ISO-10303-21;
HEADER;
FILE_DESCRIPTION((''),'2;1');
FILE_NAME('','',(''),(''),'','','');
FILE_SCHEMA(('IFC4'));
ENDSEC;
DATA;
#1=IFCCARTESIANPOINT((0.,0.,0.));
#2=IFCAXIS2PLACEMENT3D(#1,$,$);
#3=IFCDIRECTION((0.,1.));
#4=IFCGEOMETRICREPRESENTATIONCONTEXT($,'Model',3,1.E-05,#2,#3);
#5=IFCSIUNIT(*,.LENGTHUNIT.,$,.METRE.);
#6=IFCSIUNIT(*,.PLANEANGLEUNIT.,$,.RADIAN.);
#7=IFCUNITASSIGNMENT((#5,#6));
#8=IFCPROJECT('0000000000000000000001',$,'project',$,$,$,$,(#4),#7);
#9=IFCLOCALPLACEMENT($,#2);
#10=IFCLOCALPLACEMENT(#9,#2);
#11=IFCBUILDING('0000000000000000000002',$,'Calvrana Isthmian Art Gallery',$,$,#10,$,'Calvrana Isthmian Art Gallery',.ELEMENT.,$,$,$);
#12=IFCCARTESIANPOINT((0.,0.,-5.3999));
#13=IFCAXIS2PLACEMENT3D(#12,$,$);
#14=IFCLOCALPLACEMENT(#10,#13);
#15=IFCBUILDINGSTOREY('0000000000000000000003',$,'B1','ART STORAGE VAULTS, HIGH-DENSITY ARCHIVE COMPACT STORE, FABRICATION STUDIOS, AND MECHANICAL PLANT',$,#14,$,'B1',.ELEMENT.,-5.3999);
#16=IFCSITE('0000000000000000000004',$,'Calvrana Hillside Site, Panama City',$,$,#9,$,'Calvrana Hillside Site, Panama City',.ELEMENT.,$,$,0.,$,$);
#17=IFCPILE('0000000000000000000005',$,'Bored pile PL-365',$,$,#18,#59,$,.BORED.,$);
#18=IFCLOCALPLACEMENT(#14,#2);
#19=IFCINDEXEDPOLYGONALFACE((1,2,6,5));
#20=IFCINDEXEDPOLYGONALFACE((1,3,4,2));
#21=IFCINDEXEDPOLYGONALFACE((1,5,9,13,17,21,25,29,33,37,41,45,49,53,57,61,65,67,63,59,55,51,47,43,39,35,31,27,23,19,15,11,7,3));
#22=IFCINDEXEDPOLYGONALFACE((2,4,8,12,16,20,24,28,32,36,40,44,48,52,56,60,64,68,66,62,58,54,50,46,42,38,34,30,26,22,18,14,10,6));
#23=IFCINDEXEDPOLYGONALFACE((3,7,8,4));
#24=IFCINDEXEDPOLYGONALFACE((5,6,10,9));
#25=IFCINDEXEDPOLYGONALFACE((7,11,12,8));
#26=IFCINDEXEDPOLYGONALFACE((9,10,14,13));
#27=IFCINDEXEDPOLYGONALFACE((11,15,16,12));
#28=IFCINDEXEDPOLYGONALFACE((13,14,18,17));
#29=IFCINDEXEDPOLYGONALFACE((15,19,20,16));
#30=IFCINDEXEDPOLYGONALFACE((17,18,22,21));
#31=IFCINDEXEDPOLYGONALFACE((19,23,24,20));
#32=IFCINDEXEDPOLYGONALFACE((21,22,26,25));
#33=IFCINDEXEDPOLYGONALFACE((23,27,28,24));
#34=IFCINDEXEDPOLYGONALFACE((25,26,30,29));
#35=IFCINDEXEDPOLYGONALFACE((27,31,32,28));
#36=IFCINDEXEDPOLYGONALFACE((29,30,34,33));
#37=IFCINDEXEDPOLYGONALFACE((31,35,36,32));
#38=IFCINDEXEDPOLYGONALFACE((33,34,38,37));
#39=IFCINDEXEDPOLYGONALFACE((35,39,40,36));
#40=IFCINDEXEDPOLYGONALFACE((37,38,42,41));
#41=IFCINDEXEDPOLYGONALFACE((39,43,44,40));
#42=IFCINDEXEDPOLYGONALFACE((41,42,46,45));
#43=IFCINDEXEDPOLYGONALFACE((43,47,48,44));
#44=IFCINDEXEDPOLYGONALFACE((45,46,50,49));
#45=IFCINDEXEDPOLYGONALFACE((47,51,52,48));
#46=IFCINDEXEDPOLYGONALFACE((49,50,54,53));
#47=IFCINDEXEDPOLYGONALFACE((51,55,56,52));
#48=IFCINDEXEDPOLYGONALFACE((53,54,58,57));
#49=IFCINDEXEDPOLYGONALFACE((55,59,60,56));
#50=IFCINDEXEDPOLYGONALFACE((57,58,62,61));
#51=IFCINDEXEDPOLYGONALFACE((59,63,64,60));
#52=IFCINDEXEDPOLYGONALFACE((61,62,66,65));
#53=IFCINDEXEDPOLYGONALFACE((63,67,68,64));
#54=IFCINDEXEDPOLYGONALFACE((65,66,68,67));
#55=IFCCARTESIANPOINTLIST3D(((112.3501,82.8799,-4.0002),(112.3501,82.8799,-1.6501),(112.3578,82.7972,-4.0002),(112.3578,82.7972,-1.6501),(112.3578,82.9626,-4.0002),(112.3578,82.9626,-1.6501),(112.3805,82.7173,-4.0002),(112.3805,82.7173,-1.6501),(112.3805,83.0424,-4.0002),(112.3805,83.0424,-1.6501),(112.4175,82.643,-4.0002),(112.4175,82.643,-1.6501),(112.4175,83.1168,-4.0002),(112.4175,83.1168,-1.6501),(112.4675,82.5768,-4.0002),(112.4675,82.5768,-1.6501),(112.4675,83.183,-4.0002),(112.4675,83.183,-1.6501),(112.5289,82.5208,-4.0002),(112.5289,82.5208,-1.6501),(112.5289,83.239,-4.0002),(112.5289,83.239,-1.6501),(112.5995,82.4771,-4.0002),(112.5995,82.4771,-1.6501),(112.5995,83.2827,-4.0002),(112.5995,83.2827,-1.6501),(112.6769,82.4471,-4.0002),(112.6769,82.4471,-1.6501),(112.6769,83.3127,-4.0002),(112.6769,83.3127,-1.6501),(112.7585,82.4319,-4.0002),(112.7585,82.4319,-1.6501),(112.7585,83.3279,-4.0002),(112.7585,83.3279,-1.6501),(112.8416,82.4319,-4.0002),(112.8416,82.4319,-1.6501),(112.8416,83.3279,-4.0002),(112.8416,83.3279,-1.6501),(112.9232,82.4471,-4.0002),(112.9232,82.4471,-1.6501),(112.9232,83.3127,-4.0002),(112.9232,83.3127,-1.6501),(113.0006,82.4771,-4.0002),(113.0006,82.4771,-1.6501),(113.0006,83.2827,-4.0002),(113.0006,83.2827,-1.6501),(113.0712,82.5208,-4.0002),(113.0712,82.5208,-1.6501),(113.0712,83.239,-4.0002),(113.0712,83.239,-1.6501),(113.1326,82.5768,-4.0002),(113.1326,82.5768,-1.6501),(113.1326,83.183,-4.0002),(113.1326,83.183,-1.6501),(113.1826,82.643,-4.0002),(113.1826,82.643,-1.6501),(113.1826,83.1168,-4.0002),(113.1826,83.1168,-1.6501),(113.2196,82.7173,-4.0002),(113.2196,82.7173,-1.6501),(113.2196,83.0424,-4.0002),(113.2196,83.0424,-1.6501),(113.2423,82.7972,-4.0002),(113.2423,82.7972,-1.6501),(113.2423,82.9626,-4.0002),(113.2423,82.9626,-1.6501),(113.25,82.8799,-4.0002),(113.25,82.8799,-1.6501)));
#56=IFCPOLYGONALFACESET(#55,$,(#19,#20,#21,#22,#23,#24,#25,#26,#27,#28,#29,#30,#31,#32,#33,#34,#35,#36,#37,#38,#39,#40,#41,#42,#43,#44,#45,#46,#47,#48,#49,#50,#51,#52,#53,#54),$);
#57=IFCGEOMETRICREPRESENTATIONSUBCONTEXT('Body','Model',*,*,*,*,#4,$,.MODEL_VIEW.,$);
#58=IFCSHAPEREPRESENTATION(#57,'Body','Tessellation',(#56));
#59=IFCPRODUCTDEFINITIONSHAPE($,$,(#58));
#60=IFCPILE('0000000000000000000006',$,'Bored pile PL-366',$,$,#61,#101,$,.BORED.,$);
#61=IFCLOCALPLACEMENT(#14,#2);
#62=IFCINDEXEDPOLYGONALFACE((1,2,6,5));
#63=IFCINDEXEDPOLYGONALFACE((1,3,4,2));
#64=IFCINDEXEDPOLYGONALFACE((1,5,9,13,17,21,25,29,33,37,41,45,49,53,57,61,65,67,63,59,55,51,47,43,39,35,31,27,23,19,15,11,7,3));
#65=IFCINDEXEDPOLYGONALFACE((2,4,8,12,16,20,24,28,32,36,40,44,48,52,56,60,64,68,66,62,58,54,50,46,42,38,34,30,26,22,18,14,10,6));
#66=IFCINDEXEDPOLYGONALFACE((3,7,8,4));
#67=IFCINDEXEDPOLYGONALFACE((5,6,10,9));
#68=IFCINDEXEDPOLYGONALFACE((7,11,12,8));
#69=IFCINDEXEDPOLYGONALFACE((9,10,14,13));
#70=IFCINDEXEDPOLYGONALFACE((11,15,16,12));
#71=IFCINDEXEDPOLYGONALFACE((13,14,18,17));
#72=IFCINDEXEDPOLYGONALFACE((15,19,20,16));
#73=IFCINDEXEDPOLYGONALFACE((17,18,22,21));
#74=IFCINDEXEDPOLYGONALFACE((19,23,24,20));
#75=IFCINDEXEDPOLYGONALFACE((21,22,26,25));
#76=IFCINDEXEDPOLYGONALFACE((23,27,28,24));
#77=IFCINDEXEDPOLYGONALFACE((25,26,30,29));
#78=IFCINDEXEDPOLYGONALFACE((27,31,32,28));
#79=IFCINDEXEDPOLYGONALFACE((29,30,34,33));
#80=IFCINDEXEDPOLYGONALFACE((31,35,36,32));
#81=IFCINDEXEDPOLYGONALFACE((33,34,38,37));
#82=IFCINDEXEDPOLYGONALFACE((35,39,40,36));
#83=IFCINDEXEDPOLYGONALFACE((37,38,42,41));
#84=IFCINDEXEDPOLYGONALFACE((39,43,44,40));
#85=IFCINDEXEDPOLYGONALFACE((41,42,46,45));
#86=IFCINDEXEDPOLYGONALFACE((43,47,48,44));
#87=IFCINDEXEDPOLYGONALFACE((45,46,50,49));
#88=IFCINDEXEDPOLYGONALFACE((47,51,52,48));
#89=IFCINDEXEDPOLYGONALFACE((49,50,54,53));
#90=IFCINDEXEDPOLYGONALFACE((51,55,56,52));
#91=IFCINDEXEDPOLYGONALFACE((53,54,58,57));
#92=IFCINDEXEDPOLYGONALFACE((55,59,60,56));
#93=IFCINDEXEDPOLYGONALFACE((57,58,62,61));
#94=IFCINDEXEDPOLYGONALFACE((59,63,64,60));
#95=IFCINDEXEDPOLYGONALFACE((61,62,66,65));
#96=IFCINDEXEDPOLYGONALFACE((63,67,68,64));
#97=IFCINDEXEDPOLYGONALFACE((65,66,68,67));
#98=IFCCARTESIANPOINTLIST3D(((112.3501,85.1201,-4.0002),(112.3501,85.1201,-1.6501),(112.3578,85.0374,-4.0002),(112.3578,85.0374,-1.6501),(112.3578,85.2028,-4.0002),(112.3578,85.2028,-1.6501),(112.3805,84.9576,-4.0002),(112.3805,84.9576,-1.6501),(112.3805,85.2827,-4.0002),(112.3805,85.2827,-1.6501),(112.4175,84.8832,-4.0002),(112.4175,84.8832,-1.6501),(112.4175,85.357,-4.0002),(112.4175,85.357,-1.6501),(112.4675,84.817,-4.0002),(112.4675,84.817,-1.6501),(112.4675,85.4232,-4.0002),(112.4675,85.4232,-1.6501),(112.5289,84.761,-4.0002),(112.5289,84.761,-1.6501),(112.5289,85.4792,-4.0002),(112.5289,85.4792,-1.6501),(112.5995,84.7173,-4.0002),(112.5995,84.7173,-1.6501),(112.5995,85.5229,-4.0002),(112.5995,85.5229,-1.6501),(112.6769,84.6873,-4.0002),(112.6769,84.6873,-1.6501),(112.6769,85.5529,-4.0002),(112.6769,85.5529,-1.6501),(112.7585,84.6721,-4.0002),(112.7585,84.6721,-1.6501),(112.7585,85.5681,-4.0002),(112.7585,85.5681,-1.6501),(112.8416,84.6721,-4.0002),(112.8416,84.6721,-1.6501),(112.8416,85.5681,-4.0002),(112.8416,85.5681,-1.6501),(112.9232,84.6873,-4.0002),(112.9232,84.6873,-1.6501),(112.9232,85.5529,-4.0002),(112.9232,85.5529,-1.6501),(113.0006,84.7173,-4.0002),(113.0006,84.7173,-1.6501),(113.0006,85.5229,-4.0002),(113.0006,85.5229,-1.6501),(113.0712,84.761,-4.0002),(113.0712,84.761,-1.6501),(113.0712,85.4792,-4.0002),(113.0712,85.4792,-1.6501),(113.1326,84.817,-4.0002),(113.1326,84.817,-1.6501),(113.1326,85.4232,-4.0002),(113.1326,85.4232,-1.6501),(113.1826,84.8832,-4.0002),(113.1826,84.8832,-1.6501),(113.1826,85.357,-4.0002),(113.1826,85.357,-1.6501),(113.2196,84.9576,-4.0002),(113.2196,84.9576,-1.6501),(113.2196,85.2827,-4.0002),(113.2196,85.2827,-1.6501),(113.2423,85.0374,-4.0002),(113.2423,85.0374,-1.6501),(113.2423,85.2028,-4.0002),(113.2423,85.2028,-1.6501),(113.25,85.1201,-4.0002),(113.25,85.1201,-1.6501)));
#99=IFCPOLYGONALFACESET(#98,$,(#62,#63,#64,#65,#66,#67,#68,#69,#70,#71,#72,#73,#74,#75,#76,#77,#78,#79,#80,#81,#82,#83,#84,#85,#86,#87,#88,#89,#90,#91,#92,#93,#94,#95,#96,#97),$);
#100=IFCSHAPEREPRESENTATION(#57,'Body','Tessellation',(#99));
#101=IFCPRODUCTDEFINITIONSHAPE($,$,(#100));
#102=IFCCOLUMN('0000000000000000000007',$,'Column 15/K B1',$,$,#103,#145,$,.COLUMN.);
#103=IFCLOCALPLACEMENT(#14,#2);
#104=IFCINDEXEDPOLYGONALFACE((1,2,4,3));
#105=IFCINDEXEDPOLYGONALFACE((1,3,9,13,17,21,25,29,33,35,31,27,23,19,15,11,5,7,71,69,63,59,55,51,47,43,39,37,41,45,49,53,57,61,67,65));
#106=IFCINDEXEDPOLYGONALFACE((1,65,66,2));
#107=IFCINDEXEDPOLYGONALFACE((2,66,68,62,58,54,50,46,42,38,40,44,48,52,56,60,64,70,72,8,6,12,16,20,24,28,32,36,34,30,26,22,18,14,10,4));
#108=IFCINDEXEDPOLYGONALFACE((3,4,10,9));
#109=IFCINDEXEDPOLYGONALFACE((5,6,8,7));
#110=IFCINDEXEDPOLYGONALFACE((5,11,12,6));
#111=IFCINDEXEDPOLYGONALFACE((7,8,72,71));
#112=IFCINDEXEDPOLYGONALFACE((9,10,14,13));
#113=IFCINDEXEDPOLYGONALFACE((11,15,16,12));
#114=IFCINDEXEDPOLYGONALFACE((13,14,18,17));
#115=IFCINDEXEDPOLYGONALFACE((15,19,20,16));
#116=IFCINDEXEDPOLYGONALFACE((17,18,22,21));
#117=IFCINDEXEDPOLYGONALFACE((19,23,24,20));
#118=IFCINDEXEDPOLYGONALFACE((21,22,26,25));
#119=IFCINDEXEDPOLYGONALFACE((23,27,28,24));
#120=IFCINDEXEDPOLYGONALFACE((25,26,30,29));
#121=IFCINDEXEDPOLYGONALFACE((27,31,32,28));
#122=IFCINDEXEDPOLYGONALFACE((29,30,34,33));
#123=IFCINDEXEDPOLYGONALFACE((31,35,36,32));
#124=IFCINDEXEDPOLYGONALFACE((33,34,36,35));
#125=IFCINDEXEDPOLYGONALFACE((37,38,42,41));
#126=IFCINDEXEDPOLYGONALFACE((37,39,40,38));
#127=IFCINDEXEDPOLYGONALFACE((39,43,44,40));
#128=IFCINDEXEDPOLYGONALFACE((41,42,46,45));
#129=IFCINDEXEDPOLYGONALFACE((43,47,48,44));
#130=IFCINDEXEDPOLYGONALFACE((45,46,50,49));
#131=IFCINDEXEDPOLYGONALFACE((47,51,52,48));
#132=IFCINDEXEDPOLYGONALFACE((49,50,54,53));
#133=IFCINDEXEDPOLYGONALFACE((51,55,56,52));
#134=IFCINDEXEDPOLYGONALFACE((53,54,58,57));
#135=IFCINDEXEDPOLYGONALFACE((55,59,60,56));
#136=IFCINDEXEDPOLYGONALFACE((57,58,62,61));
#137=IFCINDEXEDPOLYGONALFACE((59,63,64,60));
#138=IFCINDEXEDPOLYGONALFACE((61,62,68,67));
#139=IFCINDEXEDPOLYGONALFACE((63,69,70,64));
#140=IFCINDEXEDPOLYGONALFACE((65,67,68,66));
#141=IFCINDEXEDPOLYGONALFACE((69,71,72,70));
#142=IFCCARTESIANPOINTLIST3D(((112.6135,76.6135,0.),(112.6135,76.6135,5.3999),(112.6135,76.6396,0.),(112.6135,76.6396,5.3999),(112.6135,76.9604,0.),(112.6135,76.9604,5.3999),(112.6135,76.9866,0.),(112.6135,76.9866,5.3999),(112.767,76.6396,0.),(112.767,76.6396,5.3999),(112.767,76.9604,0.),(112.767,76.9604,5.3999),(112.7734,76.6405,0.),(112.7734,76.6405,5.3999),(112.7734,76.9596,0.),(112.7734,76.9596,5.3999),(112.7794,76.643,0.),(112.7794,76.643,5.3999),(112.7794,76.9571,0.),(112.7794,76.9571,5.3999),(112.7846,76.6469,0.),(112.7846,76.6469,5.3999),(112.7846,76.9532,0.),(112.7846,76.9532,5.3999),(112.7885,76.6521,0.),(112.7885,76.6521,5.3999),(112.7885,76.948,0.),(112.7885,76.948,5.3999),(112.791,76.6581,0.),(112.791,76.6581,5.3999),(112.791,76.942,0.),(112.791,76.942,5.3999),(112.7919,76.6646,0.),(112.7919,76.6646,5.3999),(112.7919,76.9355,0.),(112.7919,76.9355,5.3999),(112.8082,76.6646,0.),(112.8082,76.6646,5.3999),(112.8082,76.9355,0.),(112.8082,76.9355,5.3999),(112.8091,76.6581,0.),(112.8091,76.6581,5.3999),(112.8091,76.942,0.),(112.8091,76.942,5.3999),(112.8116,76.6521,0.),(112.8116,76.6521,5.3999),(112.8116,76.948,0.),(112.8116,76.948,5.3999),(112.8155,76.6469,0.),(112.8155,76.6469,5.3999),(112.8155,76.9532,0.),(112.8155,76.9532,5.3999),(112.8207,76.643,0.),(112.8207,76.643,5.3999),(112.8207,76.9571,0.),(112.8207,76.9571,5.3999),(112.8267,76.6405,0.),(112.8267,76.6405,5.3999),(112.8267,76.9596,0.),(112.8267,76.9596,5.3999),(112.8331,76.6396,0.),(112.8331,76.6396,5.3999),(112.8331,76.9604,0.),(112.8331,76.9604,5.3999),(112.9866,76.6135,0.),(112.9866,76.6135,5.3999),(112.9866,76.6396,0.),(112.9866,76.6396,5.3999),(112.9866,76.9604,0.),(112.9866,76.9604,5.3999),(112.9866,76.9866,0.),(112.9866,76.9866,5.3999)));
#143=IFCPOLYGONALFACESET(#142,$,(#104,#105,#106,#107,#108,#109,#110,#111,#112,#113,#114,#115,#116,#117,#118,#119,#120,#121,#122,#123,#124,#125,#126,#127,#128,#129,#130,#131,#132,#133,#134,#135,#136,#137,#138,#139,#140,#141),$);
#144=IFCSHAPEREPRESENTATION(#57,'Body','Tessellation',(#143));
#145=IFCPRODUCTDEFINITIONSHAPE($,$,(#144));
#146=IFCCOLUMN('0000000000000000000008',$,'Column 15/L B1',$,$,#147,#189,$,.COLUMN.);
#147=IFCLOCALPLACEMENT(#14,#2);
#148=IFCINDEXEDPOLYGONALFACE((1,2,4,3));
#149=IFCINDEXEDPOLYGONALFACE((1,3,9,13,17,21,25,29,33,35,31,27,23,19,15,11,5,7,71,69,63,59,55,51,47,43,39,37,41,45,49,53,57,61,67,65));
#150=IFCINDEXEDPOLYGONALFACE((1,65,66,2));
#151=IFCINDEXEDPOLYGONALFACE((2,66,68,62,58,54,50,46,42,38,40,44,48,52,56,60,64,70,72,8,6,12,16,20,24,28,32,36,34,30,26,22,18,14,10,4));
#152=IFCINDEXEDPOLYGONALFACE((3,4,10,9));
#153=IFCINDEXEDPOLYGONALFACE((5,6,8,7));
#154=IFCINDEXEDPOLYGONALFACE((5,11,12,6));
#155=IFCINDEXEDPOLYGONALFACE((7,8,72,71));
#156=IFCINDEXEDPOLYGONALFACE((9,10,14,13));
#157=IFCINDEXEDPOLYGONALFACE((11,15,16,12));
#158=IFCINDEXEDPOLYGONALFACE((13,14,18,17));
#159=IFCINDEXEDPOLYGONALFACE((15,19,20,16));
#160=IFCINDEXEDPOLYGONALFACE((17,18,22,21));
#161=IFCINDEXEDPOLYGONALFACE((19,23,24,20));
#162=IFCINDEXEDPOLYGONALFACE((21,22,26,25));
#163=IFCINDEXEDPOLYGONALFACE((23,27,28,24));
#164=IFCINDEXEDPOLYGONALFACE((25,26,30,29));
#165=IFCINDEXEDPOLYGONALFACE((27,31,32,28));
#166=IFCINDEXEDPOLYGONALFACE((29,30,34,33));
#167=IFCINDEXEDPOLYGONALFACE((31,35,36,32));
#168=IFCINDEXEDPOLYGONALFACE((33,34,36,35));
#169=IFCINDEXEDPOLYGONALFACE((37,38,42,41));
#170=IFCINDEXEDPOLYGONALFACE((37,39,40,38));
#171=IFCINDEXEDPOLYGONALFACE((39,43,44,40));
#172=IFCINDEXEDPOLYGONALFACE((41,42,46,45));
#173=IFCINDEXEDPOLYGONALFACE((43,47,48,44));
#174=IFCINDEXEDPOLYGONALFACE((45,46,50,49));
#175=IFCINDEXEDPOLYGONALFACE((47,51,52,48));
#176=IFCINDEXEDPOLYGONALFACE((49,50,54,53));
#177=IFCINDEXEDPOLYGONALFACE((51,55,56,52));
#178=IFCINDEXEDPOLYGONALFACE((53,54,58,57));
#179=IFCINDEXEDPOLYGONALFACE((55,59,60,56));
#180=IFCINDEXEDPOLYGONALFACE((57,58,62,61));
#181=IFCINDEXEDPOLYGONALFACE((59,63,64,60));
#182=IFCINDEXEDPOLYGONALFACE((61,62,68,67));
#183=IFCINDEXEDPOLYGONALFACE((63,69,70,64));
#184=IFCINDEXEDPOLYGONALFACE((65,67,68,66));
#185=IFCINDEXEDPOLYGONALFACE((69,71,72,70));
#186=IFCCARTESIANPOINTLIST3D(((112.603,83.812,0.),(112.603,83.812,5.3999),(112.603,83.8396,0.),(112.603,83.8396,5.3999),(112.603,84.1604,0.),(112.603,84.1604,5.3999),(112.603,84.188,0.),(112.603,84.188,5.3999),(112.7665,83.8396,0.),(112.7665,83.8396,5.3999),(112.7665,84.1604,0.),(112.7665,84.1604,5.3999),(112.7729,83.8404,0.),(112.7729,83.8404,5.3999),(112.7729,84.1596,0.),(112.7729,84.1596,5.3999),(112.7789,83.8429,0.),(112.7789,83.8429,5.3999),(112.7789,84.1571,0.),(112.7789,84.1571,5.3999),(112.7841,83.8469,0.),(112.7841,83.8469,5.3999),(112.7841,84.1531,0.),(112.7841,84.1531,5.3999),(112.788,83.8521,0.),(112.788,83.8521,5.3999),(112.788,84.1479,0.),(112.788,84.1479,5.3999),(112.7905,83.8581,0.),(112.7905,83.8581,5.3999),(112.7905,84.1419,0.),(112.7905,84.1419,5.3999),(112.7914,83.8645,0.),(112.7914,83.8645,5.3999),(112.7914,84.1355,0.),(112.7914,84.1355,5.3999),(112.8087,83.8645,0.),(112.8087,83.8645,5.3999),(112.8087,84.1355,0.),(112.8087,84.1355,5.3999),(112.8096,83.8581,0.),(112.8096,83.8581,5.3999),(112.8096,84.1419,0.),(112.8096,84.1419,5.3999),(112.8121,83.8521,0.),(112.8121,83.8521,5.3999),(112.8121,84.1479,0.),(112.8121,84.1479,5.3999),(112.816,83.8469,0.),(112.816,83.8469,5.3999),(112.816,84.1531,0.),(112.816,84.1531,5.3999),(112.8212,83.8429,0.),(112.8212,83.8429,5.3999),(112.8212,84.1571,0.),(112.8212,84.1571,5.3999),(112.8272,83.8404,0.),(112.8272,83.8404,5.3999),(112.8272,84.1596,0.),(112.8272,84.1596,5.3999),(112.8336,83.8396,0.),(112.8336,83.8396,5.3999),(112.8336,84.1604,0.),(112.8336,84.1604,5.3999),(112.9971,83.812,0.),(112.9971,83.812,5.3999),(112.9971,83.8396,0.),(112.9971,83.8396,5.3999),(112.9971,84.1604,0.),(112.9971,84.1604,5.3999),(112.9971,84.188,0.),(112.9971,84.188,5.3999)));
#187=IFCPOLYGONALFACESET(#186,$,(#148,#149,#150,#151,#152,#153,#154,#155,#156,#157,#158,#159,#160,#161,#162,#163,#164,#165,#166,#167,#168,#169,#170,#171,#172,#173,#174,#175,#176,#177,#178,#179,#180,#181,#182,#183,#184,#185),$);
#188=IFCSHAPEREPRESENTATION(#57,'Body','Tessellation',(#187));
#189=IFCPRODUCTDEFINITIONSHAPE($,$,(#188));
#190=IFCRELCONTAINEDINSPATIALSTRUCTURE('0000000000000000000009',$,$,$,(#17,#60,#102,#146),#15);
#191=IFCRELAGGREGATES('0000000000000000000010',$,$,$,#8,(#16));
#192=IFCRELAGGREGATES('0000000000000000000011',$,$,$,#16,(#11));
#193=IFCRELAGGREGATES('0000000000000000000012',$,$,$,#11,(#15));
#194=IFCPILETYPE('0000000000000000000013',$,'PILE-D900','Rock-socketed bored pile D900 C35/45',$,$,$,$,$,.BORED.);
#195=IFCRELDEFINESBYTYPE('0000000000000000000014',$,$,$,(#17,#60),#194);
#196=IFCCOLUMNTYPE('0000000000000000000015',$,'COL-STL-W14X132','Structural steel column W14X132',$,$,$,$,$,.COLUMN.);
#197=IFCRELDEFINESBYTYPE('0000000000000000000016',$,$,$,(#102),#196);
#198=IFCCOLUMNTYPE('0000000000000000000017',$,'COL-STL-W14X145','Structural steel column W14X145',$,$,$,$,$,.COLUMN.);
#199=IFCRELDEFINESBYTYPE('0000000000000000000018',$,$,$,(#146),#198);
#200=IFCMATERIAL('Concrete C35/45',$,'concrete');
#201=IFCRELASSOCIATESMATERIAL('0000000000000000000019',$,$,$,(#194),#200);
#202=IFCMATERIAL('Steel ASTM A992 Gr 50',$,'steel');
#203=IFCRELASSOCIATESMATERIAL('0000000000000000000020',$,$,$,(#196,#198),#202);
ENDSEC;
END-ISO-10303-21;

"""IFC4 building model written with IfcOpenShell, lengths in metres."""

from ifc_helpers import new_model, si_unit, direction, frame, origin, origin_2d, place, context, subcontext, project, spatial, circle, i_section, extrude, material, material_profile, profile_set, type_object, element, save


model = new_model("IFC4")

# Units and contexts
model_context = context("Model", 3, precision=1e-05, world=origin(), true_north=direction((0.0, 1.0)))
body_context = subcontext(model_context, "Body", "Model", "MODEL_VIEW")
ifc_project = project(units=[si_unit("LENGTHUNIT", "METRE"), si_unit("PLANEANGLEUNIT", "RADIAN")], contexts=[model_context])

# Site, building, storey
site_placement = place(None, origin())
site = spatial("IfcSite", under=ifc_project, at=site_placement, Name="Calvrana Hillside Site, Panama City", LongName="Calvrana Hillside Site, Panama City", CompositionType="ELEMENT", RefElevation=0.0)
building_placement = place(site_placement, origin())
building = spatial("IfcBuilding", under=site, at=building_placement, Name="Calvrana Isthmian Art Gallery", LongName="Calvrana Isthmian Art Gallery", CompositionType="ELEMENT")
storey_placement = place(building_placement, frame((0.0, 0.0, -5.3999)))
storey = spatial("IfcBuildingStorey", under=building, at=storey_placement, Name="B1", Description="ART STORAGE VAULTS, HIGH-DENSITY ARCHIVE COMPACT STORE, FABRICATION STUDIOS, AND MECHANICAL PLANT", LongName="B1", CompositionType="ELEMENT", Elevation=-5.3999)

# Shared definitions
ifc_material_1 = material(Name="Concrete C35/45", Category="concrete")

# Piles
ifc_material_profile_1 = material_profile(ifc_material_1, circle(Radius=0.45, at=origin_2d()), Name="PILE900D")
ifc_profile_set_1 = profile_set([ifc_material_profile_1], Name="Concrete C35/45")
pile_type = type_object("IfcPileType", Name="PILE-D900", Description="Rock-socketed bored pile D900 C35/45", PredefinedType="BORED", material=ifc_profile_set_1)
for number, where, z_axis, x_axis, name in (
    (1, (112.8, 82.8799, -1.6501), (0.0, 0.0, -1.0), (1.0, 0.0, 0.0), "Bored pile PL-365"),
    (2, (112.8, 85.1201, -1.6501), (0.0, 0.0, -1.0), (1.0, 0.0, 0.0), "Bored pile PL-366"),
):
    element("IfcPile", number, at=place(storey_placement, frame(where, z_axis=z_axis, x_axis=x_axis)), inside=storey, type_object=pile_type, Name=name, PredefinedType="BORED", context=body_context, shape_type="SweptSolid", body=[
        extrude(circle(Radius=0.45, at=origin_2d()), origin(), (0.0, 0.0, 1.0), 2.3501),
    ])

# Columns
ifc_material_2 = material(Name="Steel ASTM A992 Gr 50", Category="steel")
ifc_material_profile_2 = material_profile(ifc_material_2, i_section(OverallWidth=0.373, OverallDepth=0.373, WebThickness=0.0164, FlangeThickness=0.0261, FilletRadius=0.0249, at=origin_2d()), Name="W14X132")
ifc_profile_set_2 = profile_set([ifc_material_profile_2], Name="Steel ASTM A992 Gr 50")
column_type_1 = type_object("IfcColumnType", Name="COL-STL-W14X132", Description="Structural steel column W14X132", PredefinedType="COLUMN", material=ifc_profile_set_2)
column_1_placement = place(storey_placement, frame((112.8, 76.8, 0.0), z_axis=(0.0, 0.0, 1.0), x_axis=(1.0, 0.0, 0.0)))
element("IfcColumn", 3, at=column_1_placement, inside=storey, type_object=column_type_1, Name="Column 15/K B1", PredefinedType="COLUMN", context=body_context, shape_type="SweptSolid", body=[
    extrude(i_section(OverallWidth=0.373, OverallDepth=0.373, WebThickness=0.0164, FlangeThickness=0.0261, FilletRadius=0.0249, at=origin_2d()), origin(), (0.0, 0.0, 1.0), 5.3999),
])
ifc_material_profile_3 = material_profile(ifc_material_2, i_section(OverallWidth=0.394, OverallDepth=0.376, WebThickness=0.0173, FlangeThickness=0.0276, FilletRadius=0.0249, at=origin_2d()), Name="W14X145")
ifc_profile_set_3 = profile_set([ifc_material_profile_3], Name="Steel ASTM A992 Gr 50")
column_type_2 = type_object("IfcColumnType", Name="COL-STL-W14X145", Description="Structural steel column W14X145", PredefinedType="COLUMN", material=ifc_profile_set_3)
column_2_placement = place(storey_placement, frame((112.8, 84.0, 0.0), z_axis=(0.0, 0.0, 1.0), x_axis=(1.0, 0.0, 0.0)))
element("IfcColumn", 4, at=column_2_placement, inside=storey, type_object=column_type_2, Name="Column 15/L B1", PredefinedType="COLUMN", context=body_context, shape_type="SweptSolid", body=[
    extrude(i_section(OverallWidth=0.394, OverallDepth=0.376, WebThickness=0.0173, FlangeThickness=0.0276, FilletRadius=0.0249, at=origin_2d()), origin(), (0.0, 0.0, 1.0), 5.3999),
])

save(model, "model.ifc")
